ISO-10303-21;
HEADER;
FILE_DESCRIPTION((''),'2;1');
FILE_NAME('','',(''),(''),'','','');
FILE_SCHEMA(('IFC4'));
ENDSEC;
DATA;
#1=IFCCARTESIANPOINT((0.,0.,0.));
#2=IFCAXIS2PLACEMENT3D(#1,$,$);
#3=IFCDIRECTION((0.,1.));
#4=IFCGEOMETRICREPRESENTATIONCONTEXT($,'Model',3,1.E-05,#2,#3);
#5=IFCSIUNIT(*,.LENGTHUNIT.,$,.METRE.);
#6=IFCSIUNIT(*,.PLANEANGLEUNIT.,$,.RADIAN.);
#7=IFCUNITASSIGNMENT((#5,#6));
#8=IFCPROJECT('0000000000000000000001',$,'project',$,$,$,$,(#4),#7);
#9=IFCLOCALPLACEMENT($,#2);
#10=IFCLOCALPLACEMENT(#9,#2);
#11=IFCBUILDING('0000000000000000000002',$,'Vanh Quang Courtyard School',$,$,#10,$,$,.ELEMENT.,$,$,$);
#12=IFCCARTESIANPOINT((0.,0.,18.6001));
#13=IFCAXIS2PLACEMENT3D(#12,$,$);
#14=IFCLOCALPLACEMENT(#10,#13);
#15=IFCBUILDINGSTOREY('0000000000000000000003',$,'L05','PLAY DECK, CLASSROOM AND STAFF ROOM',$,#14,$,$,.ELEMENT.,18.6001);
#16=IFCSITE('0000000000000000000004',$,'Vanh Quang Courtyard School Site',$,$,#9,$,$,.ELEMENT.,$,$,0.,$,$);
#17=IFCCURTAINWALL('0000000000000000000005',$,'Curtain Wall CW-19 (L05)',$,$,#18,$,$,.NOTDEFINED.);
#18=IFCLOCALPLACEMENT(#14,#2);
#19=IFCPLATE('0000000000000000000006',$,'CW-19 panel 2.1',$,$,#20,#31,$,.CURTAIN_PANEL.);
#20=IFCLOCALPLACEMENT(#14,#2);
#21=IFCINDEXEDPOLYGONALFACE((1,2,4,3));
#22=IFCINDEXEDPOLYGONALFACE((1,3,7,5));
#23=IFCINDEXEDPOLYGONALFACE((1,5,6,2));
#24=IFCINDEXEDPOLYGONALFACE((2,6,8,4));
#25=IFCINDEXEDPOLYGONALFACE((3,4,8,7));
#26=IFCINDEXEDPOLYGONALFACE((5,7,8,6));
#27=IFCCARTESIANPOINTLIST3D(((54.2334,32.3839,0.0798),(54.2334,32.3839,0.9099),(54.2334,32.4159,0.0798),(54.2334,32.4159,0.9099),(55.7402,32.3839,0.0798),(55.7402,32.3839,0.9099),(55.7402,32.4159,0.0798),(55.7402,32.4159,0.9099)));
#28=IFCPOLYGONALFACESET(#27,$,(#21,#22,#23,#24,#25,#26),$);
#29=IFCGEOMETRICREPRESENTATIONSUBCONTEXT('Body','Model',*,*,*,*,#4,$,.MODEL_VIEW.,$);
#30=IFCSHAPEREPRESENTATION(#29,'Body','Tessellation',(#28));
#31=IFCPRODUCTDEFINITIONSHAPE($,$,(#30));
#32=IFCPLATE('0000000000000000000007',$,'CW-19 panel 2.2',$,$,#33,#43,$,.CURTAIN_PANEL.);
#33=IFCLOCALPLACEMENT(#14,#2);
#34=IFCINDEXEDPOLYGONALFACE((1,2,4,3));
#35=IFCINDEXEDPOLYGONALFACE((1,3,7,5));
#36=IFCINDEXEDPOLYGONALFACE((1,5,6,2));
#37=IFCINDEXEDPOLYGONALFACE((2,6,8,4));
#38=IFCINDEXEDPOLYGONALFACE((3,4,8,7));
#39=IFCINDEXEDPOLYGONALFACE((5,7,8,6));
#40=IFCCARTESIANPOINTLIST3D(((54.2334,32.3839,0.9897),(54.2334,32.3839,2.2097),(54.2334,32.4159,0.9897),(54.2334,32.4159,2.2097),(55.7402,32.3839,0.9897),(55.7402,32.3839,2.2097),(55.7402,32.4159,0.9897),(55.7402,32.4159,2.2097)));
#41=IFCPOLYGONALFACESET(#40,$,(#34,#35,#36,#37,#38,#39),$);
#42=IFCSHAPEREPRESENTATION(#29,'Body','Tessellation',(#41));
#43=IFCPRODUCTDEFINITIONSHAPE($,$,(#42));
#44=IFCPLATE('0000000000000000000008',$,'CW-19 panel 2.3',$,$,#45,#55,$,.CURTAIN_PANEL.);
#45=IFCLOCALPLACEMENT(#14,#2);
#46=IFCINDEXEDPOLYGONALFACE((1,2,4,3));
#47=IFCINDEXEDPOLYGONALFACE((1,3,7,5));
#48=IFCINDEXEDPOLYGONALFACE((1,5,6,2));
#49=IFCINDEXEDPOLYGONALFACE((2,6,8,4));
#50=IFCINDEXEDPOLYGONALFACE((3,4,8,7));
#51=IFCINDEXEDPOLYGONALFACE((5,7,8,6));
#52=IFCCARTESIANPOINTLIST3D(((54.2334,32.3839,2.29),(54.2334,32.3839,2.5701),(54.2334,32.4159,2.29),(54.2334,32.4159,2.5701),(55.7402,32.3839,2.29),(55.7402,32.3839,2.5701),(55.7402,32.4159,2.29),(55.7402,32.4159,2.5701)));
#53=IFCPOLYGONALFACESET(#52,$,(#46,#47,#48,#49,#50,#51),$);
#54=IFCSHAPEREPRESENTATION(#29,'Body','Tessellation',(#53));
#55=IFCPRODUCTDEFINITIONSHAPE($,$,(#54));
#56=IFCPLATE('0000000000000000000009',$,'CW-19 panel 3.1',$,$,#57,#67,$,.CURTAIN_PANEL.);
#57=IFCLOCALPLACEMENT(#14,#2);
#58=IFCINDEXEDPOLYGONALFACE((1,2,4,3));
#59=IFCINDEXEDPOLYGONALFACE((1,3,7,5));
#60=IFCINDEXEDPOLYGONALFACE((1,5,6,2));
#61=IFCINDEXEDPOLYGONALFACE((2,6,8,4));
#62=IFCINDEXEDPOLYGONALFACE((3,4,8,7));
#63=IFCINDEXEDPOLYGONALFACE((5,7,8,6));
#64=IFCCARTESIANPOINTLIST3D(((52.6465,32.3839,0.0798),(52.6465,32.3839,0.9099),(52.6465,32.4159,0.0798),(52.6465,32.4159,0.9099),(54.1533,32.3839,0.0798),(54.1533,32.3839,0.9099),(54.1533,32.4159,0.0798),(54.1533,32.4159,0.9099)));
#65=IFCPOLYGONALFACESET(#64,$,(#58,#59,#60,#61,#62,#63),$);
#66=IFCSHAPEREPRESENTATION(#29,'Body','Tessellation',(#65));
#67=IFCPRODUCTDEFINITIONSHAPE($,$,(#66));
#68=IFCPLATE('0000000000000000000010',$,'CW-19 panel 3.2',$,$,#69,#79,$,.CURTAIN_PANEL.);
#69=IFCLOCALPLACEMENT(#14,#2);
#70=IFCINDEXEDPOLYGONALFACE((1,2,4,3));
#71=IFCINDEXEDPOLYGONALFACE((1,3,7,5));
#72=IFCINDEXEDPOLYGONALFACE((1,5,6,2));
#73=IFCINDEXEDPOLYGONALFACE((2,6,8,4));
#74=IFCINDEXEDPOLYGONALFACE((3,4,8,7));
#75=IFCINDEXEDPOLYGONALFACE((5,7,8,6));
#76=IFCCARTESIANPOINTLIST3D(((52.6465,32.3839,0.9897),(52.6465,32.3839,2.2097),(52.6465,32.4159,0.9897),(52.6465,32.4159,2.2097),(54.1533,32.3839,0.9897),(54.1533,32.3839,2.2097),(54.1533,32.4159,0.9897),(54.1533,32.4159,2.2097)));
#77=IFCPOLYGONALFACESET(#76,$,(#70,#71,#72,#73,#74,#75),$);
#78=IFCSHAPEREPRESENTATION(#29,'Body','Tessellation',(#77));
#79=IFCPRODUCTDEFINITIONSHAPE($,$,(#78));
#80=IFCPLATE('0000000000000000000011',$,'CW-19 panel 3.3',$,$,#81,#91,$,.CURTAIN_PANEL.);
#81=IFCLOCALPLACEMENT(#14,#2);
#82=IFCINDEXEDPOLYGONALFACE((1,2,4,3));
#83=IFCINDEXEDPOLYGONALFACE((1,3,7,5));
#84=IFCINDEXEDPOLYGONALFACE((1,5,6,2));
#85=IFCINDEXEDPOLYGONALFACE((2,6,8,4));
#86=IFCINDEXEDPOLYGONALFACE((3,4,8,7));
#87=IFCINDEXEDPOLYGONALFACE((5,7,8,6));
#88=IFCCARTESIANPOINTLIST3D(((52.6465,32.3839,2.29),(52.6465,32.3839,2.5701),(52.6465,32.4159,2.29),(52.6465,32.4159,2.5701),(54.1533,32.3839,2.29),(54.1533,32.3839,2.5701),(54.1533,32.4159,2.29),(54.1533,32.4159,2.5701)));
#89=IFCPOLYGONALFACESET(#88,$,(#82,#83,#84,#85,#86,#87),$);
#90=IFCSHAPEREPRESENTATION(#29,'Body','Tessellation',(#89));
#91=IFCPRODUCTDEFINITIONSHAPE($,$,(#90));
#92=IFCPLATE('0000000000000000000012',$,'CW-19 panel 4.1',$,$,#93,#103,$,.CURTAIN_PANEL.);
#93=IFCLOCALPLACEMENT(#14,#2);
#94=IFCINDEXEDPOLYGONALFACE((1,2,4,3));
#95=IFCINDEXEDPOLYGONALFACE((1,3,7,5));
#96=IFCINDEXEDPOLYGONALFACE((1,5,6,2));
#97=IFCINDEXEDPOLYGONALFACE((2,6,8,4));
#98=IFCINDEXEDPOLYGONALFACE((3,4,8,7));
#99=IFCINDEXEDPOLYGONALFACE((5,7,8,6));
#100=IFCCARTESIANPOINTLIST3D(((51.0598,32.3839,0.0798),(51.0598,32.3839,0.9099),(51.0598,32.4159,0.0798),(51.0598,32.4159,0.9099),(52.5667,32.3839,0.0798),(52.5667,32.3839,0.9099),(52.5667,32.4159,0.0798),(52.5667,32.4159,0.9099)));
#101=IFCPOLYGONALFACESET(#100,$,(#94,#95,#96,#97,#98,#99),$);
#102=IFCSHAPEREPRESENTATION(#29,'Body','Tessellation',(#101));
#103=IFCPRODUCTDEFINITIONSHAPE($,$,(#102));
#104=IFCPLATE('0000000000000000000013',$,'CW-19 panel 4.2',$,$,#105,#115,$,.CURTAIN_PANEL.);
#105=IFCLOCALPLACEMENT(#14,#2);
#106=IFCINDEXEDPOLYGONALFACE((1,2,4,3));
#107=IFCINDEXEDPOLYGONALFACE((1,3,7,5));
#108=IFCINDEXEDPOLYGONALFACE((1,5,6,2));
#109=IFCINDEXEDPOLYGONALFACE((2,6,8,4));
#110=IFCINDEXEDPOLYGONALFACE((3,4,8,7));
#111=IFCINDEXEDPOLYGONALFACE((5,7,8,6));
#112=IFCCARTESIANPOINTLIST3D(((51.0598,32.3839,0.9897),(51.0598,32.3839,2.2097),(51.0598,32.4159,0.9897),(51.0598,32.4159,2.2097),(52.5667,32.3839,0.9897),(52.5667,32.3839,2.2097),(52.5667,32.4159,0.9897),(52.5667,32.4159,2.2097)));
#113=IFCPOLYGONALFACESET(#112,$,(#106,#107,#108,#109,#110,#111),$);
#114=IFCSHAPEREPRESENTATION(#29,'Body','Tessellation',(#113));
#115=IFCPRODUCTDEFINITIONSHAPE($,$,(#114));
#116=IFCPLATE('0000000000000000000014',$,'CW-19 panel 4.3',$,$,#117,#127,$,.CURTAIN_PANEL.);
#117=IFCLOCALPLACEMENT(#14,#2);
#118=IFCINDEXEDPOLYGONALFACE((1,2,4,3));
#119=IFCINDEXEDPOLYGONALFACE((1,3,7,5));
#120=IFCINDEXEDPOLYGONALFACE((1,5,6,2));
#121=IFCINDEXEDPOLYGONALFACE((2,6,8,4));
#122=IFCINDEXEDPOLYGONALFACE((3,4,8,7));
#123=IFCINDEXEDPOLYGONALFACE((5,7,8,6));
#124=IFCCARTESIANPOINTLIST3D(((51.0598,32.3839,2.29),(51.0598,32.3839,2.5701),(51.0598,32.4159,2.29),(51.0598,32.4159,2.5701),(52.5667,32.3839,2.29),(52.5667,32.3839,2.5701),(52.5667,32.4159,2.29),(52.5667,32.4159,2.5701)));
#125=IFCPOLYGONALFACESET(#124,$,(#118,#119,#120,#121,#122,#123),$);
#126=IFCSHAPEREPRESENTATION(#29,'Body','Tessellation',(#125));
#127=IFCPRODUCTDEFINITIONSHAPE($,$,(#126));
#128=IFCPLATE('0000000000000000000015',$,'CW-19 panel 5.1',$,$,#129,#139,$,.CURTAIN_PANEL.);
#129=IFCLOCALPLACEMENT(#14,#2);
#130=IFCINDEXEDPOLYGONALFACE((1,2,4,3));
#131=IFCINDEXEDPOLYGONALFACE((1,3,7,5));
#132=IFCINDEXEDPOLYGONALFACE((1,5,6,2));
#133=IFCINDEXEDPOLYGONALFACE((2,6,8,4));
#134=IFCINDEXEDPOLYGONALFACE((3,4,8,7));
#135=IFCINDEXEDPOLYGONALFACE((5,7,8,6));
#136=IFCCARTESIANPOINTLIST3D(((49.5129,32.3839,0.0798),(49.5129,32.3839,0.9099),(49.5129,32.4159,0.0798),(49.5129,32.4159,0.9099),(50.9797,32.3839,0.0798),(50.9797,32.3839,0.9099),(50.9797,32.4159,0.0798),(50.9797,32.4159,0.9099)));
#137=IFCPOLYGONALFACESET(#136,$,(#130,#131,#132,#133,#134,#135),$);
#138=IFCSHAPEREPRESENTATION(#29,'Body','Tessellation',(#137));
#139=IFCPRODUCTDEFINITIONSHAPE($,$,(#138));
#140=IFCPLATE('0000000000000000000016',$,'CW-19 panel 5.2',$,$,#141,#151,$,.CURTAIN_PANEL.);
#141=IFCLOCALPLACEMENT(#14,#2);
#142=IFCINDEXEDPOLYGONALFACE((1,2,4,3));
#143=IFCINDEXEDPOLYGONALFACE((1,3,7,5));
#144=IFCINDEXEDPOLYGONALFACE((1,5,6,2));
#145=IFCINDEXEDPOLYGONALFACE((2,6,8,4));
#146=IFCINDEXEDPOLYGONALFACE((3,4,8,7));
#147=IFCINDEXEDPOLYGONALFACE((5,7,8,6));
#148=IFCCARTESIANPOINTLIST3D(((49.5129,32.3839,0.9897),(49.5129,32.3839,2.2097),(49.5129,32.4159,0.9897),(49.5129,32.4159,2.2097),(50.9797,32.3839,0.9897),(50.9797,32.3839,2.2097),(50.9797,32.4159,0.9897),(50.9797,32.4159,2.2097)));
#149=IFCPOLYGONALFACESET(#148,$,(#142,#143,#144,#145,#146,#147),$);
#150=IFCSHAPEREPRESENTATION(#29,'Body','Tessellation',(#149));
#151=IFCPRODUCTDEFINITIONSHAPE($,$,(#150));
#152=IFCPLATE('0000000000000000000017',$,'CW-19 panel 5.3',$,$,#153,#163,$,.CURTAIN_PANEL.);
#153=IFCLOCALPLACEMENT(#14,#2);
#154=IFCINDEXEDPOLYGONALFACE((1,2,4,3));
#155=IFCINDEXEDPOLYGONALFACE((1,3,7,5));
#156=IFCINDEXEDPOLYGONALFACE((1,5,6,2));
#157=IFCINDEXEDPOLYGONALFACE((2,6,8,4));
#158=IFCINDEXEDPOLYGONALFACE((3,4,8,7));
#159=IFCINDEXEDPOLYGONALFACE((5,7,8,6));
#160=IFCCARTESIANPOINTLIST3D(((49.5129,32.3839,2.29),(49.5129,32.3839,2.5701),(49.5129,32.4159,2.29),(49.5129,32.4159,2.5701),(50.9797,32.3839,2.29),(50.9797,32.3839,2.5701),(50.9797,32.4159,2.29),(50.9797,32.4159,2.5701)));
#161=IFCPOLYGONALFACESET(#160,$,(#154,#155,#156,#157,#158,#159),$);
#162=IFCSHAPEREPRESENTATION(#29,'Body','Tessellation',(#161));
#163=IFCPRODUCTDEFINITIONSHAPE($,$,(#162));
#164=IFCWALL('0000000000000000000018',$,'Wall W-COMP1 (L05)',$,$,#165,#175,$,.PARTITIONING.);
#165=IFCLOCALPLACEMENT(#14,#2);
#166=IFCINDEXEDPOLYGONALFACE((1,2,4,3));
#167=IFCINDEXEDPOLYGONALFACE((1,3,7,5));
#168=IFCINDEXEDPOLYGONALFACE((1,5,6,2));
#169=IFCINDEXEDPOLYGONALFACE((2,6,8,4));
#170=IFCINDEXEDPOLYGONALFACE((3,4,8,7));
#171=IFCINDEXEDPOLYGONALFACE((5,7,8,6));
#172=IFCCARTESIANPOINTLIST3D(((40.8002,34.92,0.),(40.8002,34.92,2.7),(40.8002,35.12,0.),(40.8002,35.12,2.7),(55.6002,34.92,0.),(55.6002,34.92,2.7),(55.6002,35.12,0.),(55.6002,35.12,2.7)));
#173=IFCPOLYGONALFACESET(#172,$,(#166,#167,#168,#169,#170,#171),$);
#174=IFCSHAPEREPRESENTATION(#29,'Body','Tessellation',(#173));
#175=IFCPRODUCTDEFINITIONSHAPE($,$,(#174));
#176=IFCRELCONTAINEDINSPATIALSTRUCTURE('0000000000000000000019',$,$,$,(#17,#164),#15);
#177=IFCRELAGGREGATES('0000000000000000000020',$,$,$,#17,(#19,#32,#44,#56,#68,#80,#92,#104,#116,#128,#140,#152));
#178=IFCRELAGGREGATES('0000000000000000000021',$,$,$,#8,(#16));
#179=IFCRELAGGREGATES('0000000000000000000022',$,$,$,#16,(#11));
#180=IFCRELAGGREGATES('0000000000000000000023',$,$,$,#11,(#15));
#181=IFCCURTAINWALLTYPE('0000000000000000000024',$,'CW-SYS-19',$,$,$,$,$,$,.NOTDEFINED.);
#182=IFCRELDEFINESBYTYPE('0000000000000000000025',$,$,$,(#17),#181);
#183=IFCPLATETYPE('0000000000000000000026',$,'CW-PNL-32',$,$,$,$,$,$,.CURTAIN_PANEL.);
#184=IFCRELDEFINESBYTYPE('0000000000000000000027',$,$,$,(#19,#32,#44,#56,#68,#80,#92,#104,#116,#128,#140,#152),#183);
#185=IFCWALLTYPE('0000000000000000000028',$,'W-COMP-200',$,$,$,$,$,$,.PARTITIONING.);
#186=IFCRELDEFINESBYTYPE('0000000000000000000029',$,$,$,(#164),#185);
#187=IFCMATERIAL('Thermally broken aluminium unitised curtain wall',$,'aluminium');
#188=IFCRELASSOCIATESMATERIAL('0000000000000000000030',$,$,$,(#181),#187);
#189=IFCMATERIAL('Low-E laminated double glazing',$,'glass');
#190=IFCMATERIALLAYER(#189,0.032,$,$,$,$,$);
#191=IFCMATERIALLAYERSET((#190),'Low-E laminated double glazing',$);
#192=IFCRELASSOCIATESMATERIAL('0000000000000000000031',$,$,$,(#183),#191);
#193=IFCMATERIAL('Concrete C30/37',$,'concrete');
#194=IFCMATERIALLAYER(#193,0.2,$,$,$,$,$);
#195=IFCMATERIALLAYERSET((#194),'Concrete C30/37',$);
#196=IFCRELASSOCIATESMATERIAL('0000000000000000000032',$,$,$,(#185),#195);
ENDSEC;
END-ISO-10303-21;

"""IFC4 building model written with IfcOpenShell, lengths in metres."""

from ifc_helpers import new_model, si_unit, direction, frame, frame_2d, origin, origin_2d, place, context, subcontext, project, spatial, rectangle, extrude, material, layer, layer_set, type_object, element, aggregate, save


model = new_model("IFC4")

# Units and contexts
model_context = context("Model", 3, precision=1e-05, world=origin(), true_north=direction((0.0, 1.0)))
body_context = subcontext(model_context, "Body", "Model", "MODEL_VIEW")
ifc_project = project(units=[si_unit("LENGTHUNIT", "METRE"), si_unit("PLANEANGLEUNIT", "RADIAN")], contexts=[model_context])

# Site, building, storey
site_placement = place(None, origin())
site = spatial("IfcSite", under=ifc_project, at=site_placement, Name="Vanh Quang Courtyard School Site", CompositionType="ELEMENT", RefElevation=0.0)
building_placement = place(site_placement, origin())
building = spatial("IfcBuilding", under=site, at=building_placement, Name="Vanh Quang Courtyard School", CompositionType="ELEMENT")
storey_placement = place(building_placement, frame((0.0, 0.0, 18.6001)))
storey = spatial("IfcBuildingStorey", under=building, at=storey_placement, Name="L05", Description="PLAY DECK, CLASSROOM AND STAFF ROOM", CompositionType="ELEMENT", Elevation=18.6001)

# Curtain wall
ifc_material_1 = material(Name="Thermally broken aluminium unitised curtain wall", Category="aluminium")
curtain_wall_type = type_object("IfcCurtainWallType", Name="CW-SYS-19", PredefinedType="NOTDEFINED", material=ifc_material_1)
curtain_wall_placement = place(storey_placement, origin())
curtain_wall = element("IfcCurtainWall", 1, at=curtain_wall_placement, inside=storey, type_object=curtain_wall_type, Name="Curtain Wall CW-19 (L05)", PredefinedType="NOTDEFINED")

# Plates
ifc_material_2 = material(Name="Low-E laminated double glazing", Category="glass")
ifc_layer_1 = layer(ifc_material_2, 0.032)
ifc_layer_set_1 = layer_set([ifc_layer_1], Name="Low-E laminated double glazing")
plate_type = type_object("IfcPlateType", Name="CW-PNL-32", PredefinedType="CURTAIN_PANEL", material=ifc_layer_set_1)
plate_1_placement = place(storey_placement, frame((54.9868, 32.3999, 0.0798), z_axis=(0.0, 0.0, 1.0), x_axis=(-1.0, 0.0, 0.0)))
plate_1 = element("IfcPlate", 2, at=plate_1_placement, type_object=plate_type, Name="CW-19 panel 2.1", PredefinedType="CURTAIN_PANEL", context=body_context, shape_type="SweptSolid", body=[
    extrude(rectangle(XDim=1.5068, YDim=0.032, at=origin_2d()), origin(), (0.0, 0.0, 1.0), 0.8301),
])
plate_2_placement = place(storey_placement, frame((54.9868, 32.3999, 0.9897), z_axis=(0.0, 0.0, 1.0), x_axis=(-1.0, 0.0, 0.0)))
plate_2 = element("IfcPlate", 3, at=plate_2_placement, type_object=plate_type, Name="CW-19 panel 2.2", PredefinedType="CURTAIN_PANEL", context=body_context, shape_type="SweptSolid", body=[
    extrude(rectangle(XDim=1.5068, YDim=0.032, at=origin_2d()), origin(), (0.0, 0.0, 1.0), 1.22),
])
plate_3_placement = place(storey_placement, frame((54.9868, 32.3999, 2.29), z_axis=(0.0, 0.0, 1.0), x_axis=(-1.0, 0.0, 0.0)))
plate_3 = element("IfcPlate", 4, at=plate_3_placement, type_object=plate_type, Name="CW-19 panel 2.3", PredefinedType="CURTAIN_PANEL", context=body_context, shape_type="SweptSolid", body=[
    extrude(rectangle(XDim=1.5068, YDim=0.032, at=origin_2d()), origin(), (0.0, 0.0, 1.0), 0.28),
])
plate_4_placement = place(storey_placement, frame((53.3999, 32.3999, 0.0798), z_axis=(0.0, 0.0, 1.0), x_axis=(-1.0, 0.0, 0.0)))
plate_4 = element("IfcPlate", 5, at=plate_4_placement, type_object=plate_type, Name="CW-19 panel 3.1", PredefinedType="CURTAIN_PANEL", context=body_context, shape_type="SweptSolid", body=[
    extrude(rectangle(XDim=1.5068, YDim=0.032, at=origin_2d()), origin(), (0.0, 0.0, 1.0), 0.8301),
])
plate_5_placement = place(storey_placement, frame((53.3999, 32.3999, 0.9897), z_axis=(0.0, 0.0, 1.0), x_axis=(-1.0, 0.0, 0.0)))
plate_5 = element("IfcPlate", 6, at=plate_5_placement, type_object=plate_type, Name="CW-19 panel 3.2", PredefinedType="CURTAIN_PANEL", context=body_context, shape_type="SweptSolid", body=[
    extrude(rectangle(XDim=1.5068, YDim=0.032, at=origin_2d()), origin(), (0.0, 0.0, 1.0), 1.22),
])
plate_6_placement = place(storey_placement, frame((53.3999, 32.3999, 2.29), z_axis=(0.0, 0.0, 1.0), x_axis=(-1.0, 0.0, 0.0)))
plate_6 = element("IfcPlate", 7, at=plate_6_placement, type_object=plate_type, Name="CW-19 panel 3.3", PredefinedType="CURTAIN_PANEL", context=body_context, shape_type="SweptSolid", body=[
    extrude(rectangle(XDim=1.5068, YDim=0.032, at=origin_2d()), origin(), (0.0, 0.0, 1.0), 0.28),
])
plate_7_placement = place(storey_placement, frame((51.8132, 32.3999, 0.0798), z_axis=(0.0, 0.0, 1.0), x_axis=(-1.0, 0.0, 0.0)))
plate_7 = element("IfcPlate", 8, at=plate_7_placement, type_object=plate_type, Name="CW-19 panel 4.1", PredefinedType="CURTAIN_PANEL", context=body_context, shape_type="SweptSolid", body=[
    extrude(rectangle(XDim=1.5068, YDim=0.032, at=origin_2d()), origin(), (0.0, 0.0, 1.0), 0.8301),
])
plate_8_placement = place(storey_placement, frame((51.8132, 32.3999, 0.9897), z_axis=(0.0, 0.0, 1.0), x_axis=(-1.0, 0.0, 0.0)))
plate_8 = element("IfcPlate", 9, at=plate_8_placement, type_object=plate_type, Name="CW-19 panel 4.2", PredefinedType="CURTAIN_PANEL", context=body_context, shape_type="SweptSolid", body=[
    extrude(rectangle(XDim=1.5068, YDim=0.032, at=origin_2d()), origin(), (0.0, 0.0, 1.0), 1.22),
])
plate_9_placement = place(storey_placement, frame((51.8132, 32.3999, 2.29), z_axis=(0.0, 0.0, 1.0), x_axis=(-1.0, 0.0, 0.0)))
plate_9 = element("IfcPlate", 10, at=plate_9_placement, type_object=plate_type, Name="CW-19 panel 4.3", PredefinedType="CURTAIN_PANEL", context=body_context, shape_type="SweptSolid", body=[
    extrude(rectangle(XDim=1.5068, YDim=0.032, at=origin_2d()), origin(), (0.0, 0.0, 1.0), 0.28),
])
plate_10_placement = place(storey_placement, frame((50.2463, 32.3999, 0.0798), z_axis=(0.0, 0.0, 1.0), x_axis=(-1.0, 0.0, 0.0)))
plate_10 = element("IfcPlate", 11, at=plate_10_placement, type_object=plate_type, Name="CW-19 panel 5.1", PredefinedType="CURTAIN_PANEL", context=body_context, shape_type="SweptSolid", body=[
    extrude(rectangle(XDim=1.4668, YDim=0.032, at=origin_2d()), origin(), (0.0, 0.0, 1.0), 0.8301),
])
plate_11_placement = place(storey_placement, frame((50.2463, 32.3999, 0.9897), z_axis=(0.0, 0.0, 1.0), x_axis=(-1.0, 0.0, 0.0)))
plate_11 = element("IfcPlate", 12, at=plate_11_placement, type_object=plate_type, Name="CW-19 panel 5.2", PredefinedType="CURTAIN_PANEL", context=body_context, shape_type="SweptSolid", body=[
    extrude(rectangle(XDim=1.4668, YDim=0.032, at=origin_2d()), origin(), (0.0, 0.0, 1.0), 1.22),
])
plate_12_placement = place(storey_placement, frame((50.2463, 32.3999, 2.29), z_axis=(0.0, 0.0, 1.0), x_axis=(-1.0, 0.0, 0.0)))
plate_12 = element("IfcPlate", 13, at=plate_12_placement, type_object=plate_type, Name="CW-19 panel 5.3", PredefinedType="CURTAIN_PANEL", context=body_context, shape_type="SweptSolid", body=[
    extrude(rectangle(XDim=1.4668, YDim=0.032, at=origin_2d()), origin(), (0.0, 0.0, 1.0), 0.28),
])
aggregate(curtain_wall, [plate_1, plate_2, plate_3, plate_4, plate_5, plate_6, plate_7, plate_8, plate_9, plate_10, plate_11, plate_12])

# Wall
ifc_material_3 = material(Name="Concrete C30/37", Category="concrete")
ifc_layer_2 = layer(ifc_material_3, 0.2)
ifc_layer_set_2 = layer_set([ifc_layer_2], Name="Concrete C30/37")
wall_type_1 = type_object("IfcWallType", Name="W-COMP-200", PredefinedType="PARTITIONING", material=ifc_layer_set_2)
wall_1_placement = place(storey_placement, frame((55.6001, 35.02, 0.0), z_axis=(0.0, 0.0, 1.0), x_axis=(-1.0, 0.0, 0.0)))
element("IfcWall", 14, at=wall_1_placement, inside=storey, type_object=wall_type_1, Name="Wall W-COMP1 (L05)", PredefinedType="PARTITIONING", context=body_context, shape_type="SweptSolid", body=[
    extrude(rectangle(XDim=14.8, YDim=0.2, at=frame_2d((7.3999, 0.0))), origin(), (0.0, 0.0, 1.0), 2.7),
])

save(model, "model.ifc")
